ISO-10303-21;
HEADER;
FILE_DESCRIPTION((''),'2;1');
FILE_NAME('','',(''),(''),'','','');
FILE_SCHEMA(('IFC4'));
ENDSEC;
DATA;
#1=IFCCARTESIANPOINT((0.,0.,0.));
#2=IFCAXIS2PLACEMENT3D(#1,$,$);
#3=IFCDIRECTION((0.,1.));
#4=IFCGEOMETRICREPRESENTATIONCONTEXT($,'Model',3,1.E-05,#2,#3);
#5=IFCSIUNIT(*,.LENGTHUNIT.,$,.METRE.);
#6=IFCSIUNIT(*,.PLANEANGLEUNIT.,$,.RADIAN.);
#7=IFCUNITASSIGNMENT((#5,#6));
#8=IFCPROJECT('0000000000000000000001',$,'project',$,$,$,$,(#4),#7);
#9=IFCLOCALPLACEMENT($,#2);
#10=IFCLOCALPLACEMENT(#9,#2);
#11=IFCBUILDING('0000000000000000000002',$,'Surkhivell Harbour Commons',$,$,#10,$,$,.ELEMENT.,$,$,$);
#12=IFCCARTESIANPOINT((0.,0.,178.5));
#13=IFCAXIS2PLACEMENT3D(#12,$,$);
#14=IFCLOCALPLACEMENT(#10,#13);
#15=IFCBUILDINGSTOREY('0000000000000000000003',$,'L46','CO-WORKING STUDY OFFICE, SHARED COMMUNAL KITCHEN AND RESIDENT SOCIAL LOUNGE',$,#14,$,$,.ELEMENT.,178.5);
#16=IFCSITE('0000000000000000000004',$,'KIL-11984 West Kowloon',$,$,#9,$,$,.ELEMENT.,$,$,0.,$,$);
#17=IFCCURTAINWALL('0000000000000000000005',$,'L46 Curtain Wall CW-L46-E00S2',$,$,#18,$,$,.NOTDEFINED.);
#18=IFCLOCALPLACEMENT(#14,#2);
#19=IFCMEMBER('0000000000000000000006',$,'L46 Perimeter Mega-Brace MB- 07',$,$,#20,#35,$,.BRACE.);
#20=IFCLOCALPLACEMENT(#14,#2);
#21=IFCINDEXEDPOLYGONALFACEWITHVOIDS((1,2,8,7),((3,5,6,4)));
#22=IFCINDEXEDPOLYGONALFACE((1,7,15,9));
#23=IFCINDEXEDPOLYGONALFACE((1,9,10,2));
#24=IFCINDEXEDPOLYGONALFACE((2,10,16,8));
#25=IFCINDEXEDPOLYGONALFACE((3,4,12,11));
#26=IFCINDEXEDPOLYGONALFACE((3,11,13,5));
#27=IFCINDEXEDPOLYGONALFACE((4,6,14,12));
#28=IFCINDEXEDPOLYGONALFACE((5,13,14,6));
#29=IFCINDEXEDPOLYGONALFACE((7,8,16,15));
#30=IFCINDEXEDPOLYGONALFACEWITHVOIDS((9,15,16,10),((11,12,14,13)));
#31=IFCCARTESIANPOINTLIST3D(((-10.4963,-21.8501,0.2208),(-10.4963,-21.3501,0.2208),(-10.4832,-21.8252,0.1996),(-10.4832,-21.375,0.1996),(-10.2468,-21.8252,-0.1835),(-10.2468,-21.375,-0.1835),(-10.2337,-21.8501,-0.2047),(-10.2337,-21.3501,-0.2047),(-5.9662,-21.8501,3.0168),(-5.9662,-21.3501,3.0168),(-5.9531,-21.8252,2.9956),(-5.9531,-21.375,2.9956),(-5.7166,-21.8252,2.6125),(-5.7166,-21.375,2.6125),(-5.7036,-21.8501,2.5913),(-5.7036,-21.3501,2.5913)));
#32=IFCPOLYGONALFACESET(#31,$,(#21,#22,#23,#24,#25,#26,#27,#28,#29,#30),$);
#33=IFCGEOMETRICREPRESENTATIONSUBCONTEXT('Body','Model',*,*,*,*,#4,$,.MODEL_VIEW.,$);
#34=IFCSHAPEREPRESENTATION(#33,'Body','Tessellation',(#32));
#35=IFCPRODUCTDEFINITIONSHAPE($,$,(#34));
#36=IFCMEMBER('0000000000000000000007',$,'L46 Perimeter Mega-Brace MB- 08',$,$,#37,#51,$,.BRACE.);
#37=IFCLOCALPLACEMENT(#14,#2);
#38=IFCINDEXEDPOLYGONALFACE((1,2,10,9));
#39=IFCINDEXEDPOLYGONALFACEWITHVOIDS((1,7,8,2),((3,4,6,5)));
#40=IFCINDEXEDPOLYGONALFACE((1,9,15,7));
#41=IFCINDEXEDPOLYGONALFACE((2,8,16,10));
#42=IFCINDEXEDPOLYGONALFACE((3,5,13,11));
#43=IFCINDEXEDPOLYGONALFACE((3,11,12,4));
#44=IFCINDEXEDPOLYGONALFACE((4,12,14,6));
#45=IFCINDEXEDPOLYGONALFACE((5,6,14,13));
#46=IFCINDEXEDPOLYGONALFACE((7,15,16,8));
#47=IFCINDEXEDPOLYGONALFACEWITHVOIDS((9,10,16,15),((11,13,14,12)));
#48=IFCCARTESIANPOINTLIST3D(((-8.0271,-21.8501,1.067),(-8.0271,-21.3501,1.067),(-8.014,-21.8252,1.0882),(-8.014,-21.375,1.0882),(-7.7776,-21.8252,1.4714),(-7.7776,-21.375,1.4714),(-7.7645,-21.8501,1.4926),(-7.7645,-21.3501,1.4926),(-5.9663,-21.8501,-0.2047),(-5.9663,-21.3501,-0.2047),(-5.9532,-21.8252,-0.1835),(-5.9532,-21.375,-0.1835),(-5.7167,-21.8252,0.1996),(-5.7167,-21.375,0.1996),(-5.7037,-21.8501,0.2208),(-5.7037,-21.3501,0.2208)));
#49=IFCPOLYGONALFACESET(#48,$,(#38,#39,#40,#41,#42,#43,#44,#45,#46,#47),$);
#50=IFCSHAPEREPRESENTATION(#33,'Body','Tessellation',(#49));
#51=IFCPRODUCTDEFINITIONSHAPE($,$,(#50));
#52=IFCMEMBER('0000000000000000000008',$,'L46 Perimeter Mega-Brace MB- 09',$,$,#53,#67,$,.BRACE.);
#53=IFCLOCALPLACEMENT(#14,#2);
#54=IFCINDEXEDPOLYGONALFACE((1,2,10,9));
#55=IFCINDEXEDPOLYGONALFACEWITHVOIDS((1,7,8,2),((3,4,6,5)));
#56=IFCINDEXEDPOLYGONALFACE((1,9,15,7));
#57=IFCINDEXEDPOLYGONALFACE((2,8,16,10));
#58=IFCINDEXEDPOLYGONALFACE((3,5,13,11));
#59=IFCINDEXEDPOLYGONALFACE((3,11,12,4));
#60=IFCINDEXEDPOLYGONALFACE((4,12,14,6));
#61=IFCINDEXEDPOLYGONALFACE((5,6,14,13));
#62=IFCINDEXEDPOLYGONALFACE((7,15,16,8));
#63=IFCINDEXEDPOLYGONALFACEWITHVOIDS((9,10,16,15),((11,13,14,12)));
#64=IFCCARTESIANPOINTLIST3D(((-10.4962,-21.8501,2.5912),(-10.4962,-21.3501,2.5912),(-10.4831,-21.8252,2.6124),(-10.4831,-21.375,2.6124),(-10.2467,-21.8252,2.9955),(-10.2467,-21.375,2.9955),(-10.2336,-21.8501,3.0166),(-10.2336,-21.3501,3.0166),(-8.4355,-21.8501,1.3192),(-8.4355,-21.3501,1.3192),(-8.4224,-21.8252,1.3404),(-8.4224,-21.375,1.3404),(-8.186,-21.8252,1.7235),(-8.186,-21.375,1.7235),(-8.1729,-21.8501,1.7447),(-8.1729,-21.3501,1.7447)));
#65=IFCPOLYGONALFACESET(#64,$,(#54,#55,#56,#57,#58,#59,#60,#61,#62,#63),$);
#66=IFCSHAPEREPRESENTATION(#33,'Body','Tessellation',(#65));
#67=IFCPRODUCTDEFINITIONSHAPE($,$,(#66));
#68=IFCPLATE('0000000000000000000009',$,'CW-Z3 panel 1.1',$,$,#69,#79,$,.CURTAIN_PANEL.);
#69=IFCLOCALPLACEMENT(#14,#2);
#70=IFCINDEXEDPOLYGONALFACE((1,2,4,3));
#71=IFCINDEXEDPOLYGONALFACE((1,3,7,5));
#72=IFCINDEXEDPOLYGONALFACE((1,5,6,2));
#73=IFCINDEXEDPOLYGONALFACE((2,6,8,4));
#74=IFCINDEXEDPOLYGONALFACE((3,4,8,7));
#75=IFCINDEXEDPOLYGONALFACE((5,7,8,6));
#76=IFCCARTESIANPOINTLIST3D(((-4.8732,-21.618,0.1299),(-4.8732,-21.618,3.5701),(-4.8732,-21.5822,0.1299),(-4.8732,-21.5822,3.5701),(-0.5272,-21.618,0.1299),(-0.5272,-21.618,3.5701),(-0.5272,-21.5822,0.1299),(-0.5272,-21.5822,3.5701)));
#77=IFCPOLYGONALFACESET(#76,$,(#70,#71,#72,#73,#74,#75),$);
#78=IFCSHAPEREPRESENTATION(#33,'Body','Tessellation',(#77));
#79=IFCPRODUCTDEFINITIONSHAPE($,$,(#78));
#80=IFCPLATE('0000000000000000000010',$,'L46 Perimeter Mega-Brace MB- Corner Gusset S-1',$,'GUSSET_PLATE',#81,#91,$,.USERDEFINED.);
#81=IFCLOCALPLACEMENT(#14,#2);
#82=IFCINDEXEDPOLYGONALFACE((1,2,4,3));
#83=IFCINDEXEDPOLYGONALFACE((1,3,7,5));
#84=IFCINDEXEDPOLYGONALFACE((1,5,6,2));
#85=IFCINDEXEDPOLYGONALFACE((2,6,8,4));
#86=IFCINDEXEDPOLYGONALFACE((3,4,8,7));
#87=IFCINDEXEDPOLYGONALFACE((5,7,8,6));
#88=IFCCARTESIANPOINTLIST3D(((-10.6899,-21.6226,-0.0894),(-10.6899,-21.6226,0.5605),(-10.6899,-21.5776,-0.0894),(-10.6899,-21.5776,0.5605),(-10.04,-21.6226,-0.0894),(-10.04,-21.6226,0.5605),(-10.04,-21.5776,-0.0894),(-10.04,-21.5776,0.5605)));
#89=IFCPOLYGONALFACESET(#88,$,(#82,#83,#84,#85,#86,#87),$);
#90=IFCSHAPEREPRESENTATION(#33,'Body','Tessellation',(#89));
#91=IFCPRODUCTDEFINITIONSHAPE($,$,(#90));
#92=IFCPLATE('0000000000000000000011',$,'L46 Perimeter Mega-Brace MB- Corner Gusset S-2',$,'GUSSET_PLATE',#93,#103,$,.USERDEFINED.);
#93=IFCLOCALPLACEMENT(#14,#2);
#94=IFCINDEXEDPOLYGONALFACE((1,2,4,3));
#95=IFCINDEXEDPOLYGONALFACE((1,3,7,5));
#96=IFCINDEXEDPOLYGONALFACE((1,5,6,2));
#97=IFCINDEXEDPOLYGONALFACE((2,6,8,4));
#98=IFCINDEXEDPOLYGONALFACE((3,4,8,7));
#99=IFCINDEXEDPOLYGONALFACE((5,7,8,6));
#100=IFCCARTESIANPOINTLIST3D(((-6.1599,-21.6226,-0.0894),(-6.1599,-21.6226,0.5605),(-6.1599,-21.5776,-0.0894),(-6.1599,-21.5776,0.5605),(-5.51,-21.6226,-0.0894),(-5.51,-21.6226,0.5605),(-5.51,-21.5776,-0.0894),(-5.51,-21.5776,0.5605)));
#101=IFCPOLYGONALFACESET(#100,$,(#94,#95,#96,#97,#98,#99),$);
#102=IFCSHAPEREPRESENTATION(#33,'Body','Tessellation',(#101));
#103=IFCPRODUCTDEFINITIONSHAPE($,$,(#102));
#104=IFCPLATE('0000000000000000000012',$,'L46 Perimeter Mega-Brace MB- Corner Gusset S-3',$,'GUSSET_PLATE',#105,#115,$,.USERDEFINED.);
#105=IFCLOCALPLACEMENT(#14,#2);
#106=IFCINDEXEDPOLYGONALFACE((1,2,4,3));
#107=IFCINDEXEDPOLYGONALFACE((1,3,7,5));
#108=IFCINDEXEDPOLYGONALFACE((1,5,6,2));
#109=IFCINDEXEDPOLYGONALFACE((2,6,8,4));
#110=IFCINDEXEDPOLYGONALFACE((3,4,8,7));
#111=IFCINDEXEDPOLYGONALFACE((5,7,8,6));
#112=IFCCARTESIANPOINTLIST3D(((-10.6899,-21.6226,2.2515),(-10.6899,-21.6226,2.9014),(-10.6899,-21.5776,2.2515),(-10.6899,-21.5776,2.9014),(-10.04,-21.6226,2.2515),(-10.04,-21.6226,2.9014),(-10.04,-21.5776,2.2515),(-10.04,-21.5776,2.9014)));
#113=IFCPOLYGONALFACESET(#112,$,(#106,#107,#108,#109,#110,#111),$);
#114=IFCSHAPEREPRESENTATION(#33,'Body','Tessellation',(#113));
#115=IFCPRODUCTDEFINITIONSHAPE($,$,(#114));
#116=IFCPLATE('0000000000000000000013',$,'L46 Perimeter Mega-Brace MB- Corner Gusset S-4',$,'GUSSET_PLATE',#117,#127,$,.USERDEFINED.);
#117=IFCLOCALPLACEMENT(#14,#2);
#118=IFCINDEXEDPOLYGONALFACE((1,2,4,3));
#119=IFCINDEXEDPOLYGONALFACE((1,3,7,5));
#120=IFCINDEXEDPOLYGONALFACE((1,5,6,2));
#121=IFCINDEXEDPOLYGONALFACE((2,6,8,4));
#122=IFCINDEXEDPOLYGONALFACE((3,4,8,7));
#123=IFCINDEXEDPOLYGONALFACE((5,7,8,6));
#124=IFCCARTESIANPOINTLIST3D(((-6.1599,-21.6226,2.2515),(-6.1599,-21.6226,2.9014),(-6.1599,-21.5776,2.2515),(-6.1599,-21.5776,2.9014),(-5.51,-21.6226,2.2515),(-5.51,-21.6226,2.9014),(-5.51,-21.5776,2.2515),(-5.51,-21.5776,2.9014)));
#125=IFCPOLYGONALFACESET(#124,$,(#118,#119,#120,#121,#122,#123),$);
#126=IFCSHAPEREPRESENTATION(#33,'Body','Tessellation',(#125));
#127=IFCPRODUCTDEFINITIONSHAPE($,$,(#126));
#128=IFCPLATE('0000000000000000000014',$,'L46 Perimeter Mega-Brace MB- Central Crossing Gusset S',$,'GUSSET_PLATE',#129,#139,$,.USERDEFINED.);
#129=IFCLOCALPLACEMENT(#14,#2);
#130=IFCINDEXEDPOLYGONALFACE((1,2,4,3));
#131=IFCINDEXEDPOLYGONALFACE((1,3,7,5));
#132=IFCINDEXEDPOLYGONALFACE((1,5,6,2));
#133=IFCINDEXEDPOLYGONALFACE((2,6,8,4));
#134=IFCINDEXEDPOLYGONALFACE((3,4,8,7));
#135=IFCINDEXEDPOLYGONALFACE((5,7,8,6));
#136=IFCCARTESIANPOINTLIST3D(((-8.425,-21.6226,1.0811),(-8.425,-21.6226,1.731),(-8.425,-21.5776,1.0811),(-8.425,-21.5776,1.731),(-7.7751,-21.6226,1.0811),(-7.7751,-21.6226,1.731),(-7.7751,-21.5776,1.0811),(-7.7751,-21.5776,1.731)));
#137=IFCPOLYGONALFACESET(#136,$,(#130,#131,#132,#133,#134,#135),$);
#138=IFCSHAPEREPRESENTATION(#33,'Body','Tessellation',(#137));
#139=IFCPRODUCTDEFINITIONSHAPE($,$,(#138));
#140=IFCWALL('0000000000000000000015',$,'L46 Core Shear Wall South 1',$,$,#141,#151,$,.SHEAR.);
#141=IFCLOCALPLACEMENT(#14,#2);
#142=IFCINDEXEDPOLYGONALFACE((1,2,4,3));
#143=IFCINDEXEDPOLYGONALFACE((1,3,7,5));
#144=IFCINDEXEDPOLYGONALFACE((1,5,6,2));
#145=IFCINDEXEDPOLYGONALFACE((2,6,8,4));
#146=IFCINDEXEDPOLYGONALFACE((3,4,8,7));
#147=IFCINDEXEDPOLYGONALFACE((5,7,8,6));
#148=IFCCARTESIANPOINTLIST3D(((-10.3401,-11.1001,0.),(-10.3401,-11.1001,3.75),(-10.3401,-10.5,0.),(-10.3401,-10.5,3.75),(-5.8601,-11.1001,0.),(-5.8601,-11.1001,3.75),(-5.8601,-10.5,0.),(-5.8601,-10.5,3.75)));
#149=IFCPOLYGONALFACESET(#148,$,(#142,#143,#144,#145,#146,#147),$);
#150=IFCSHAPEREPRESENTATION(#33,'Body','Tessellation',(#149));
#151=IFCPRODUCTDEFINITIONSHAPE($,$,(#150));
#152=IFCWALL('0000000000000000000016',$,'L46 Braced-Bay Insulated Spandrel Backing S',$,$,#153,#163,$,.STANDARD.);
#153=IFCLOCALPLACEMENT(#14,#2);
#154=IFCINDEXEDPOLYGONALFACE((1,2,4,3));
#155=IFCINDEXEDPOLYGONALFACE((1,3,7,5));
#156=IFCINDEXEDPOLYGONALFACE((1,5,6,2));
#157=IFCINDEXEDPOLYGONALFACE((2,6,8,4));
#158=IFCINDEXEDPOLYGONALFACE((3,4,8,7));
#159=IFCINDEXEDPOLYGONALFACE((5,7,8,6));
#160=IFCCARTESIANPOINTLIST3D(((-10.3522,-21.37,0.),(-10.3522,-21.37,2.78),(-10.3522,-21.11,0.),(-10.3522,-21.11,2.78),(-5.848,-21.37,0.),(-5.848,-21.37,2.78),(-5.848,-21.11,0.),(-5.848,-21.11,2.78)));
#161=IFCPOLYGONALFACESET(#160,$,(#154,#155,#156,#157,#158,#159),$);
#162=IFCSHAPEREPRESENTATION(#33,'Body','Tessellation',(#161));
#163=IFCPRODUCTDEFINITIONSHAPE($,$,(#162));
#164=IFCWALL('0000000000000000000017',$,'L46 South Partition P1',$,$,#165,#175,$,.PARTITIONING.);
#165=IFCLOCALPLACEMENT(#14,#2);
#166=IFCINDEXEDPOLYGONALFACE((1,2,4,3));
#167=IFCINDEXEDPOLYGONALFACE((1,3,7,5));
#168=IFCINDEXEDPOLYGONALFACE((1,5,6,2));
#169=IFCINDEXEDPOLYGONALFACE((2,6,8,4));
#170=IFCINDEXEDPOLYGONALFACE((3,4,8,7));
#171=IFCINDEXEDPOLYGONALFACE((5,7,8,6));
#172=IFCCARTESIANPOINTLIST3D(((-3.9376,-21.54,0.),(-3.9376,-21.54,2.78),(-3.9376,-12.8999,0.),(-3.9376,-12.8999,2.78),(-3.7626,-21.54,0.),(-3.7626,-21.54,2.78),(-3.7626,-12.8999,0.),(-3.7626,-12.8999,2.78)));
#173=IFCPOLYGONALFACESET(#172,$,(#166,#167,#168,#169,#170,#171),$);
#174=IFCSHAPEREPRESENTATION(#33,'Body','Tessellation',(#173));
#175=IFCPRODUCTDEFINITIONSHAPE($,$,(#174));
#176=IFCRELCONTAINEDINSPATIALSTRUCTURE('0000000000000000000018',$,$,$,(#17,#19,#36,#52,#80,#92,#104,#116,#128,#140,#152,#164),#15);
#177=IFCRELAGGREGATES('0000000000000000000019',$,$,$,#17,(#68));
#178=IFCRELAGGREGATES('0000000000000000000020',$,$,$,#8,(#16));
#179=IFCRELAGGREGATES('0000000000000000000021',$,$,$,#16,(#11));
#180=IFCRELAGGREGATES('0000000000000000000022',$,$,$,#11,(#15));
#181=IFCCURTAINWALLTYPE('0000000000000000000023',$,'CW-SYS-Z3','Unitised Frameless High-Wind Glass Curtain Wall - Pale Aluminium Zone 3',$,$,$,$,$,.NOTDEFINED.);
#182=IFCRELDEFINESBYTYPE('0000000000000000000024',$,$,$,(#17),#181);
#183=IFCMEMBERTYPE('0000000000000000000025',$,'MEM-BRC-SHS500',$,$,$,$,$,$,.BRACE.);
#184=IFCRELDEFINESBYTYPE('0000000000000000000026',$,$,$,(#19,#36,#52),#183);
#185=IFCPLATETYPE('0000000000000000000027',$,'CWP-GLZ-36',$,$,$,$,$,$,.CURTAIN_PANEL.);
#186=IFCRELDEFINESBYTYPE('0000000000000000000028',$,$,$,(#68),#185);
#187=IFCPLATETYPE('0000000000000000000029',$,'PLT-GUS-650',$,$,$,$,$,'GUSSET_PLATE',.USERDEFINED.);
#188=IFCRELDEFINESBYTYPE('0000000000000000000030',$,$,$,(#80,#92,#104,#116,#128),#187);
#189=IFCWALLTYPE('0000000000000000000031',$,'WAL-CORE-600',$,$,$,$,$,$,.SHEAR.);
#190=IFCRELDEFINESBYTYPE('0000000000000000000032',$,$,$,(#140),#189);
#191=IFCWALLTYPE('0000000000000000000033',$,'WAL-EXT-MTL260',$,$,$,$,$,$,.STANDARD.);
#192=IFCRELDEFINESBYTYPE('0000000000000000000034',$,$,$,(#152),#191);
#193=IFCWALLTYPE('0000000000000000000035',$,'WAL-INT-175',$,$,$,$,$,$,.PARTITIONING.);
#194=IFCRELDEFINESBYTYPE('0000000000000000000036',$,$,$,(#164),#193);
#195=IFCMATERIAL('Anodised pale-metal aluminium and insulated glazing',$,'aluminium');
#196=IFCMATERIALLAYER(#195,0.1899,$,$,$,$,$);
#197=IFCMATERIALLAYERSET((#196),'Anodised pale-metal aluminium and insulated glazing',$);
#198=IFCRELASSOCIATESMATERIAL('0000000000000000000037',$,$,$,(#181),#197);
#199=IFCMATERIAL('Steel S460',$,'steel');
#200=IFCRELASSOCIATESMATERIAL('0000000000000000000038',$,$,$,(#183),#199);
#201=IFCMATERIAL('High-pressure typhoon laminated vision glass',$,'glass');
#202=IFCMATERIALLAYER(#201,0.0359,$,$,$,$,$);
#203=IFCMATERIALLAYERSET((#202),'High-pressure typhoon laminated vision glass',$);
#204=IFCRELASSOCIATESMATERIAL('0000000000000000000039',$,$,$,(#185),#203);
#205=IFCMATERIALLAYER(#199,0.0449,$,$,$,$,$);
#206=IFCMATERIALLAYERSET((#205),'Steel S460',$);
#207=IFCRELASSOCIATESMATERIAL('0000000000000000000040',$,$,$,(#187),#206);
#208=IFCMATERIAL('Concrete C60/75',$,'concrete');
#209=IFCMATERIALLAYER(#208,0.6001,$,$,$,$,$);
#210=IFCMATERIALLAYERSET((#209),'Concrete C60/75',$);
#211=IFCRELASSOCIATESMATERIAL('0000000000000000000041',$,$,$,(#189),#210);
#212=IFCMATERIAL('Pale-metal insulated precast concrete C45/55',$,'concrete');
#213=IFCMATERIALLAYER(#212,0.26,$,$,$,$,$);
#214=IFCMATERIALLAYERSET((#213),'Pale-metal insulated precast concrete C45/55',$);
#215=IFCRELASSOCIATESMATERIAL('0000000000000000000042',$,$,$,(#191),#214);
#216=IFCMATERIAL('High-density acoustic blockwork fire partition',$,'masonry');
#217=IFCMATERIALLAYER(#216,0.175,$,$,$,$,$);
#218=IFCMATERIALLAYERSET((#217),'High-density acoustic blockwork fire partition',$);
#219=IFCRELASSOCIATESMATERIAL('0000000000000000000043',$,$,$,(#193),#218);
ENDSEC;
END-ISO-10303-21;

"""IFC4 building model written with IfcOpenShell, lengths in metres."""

from ifc_helpers import new_model, si_unit, direction, frame, frame_2d, origin, origin_2d, place, context, subcontext, project, spatial, rectangle, hollow_rectangle, extrude, material, layer, layer_set, material_profile, profile_set, type_object, element, aggregate, save


model = new_model("IFC4")

# Units and contexts
model_context = context("Model", 3, precision=1e-05, world=origin(), true_north=direction((0.0, 1.0)))
body_context = subcontext(model_context, "Body", "Model", "MODEL_VIEW")
ifc_project = project(units=[si_unit("LENGTHUNIT", "METRE"), si_unit("PLANEANGLEUNIT", "RADIAN")], contexts=[model_context])

# Site, building, storey
site_placement = place(None, origin())
site = spatial("IfcSite", under=ifc_project, at=site_placement, Name="KIL-11984 West Kowloon", CompositionType="ELEMENT", RefElevation=0.0)
building_placement = place(site_placement, origin())
building = spatial("IfcBuilding", under=site, at=building_placement, Name="Surkhivell Harbour Commons", CompositionType="ELEMENT")
storey_placement = place(building_placement, frame((0.0, 0.0, 178.5)))
storey = spatial("IfcBuildingStorey", under=building, at=storey_placement, Name="L46", Description="CO-WORKING STUDY OFFICE, SHARED COMMUNAL KITCHEN AND RESIDENT SOCIAL LOUNGE", CompositionType="ELEMENT", Elevation=178.5)

# Shared definitions
ifc_material_1 = material(Name="Concrete C60/75", Category="concrete")

# Shared definitions
ifc_material_2 = material(Name="Anodised pale-metal aluminium and insulated glazing", Category="aluminium")
ifc_layer_1 = layer(ifc_material_2, 0.1899)
ifc_layer_set_1 = layer_set([ifc_layer_1], Name="Anodised pale-metal aluminium and insulated glazing")
curtain_wall_type = type_object("IfcCurtainWallType", Name="CW-SYS-Z3", Description="Unitised Frameless High-Wind Glass Curtain Wall - Pale Aluminium Zone 3", PredefinedType="NOTDEFINED", material=ifc_layer_set_1)

# Curtain wall
curtain_wall_1_placement = place(storey_placement, origin())
curtain_wall_1 = element("IfcCurtainWall", 1, at=curtain_wall_1_placement, inside=storey, type_object=curtain_wall_type, Name="L46 Curtain Wall CW-L46-E00S2", PredefinedType="NOTDEFINED")

# Members
ifc_material_3 = material(Name="Steel S460", Category="steel")
ifc_material_profile_1 = material_profile(ifc_material_3, hollow_rectangle(XDim=0.5, YDim=0.5, WallThickness=0.0249, at=origin_2d()), Name="SHS500x500x25")
ifc_profile_set_1 = profile_set([ifc_material_profile_1], Name="Steel S460")
member_type_1 = type_object("IfcMemberType", Name="MEM-BRC-SHS500", PredefinedType="BRACE", material=ifc_profile_set_1)
member_1_placement = place(storey_placement, frame((-10.365, -21.6001, 0.0081), z_axis=(0.850971, 0.0, 0.525213), x_axis=(0.0, 1.0, 0.0)))
element("IfcMember", 2, at=member_1_placement, inside=storey, type_object=member_type_1, Name="L46 Perimeter Mega-Brace MB- 07", PredefinedType="BRACE", context=body_context, shape_type="SweptSolid", body=[
    extrude(hollow_rectangle(XDim=0.5, YDim=0.5, WallThickness=0.0249, at=origin_2d()), origin(), (0.0, 0.0, 1.0), 5.3235),
])
for number, where, z_axis, x_axis, name in (
    (3, (-5.835, -21.6001, 0.0081), (-0.851003, 0.0, 0.52516), (0.0, -1.0, 0.0), "L46 Perimeter Mega-Brace MB- 08"),
    (4, (-8.3042, -21.6001, 1.532), (-0.850958, 0.0, 0.525233), (0.0, -1.0, 0.0), "L46 Perimeter Mega-Brace MB- 09"),
):
    element("IfcMember", number, at=place(storey_placement, frame(where, z_axis=z_axis, x_axis=x_axis)), inside=storey, type_object=member_type_1, Name=name, PredefinedType="BRACE", context=body_context, shape_type="SweptSolid", body=[
        extrude(hollow_rectangle(XDim=0.5, YDim=0.5, WallThickness=0.0249, at=origin_2d()), origin(), (0.0, 0.0, 1.0), 2.4216),
    ])

# Plate
ifc_material_4 = material(Name="High-pressure typhoon laminated vision glass", Category="glass")
ifc_layer_2 = layer(ifc_material_4, 0.0359)
ifc_layer_set_2 = layer_set([ifc_layer_2], Name="High-pressure typhoon laminated vision glass")
plate_type_1 = type_object("IfcPlateType", Name="CWP-GLZ-36", PredefinedType="CURTAIN_PANEL", material=ifc_layer_set_2)
plate_placement = place(storey_placement, frame((-4.873, -21.6001, 0.1299), z_axis=(0.0, 0.0, 1.0), x_axis=(1.0, 0.0, 0.0)))
plate = element("IfcPlate", 5, at=plate_placement, type_object=plate_type_1, Name="CW-Z3 panel 1.1", PredefinedType="CURTAIN_PANEL", context=body_context, shape_type="SweptSolid", body=[
    extrude(rectangle(XDim=4.3459, YDim=0.0359, at=frame_2d((2.1729, 0.0))), origin(), (0.0, 0.0, 1.0), 3.4402),
])
aggregate(curtain_wall_1, [plate])

# Plates
ifc_layer_3 = layer(ifc_material_3, 0.0449)
ifc_layer_set_3 = layer_set([ifc_layer_3], Name="Steel S460")
plate_type_2 = type_object("IfcPlateType", Name="PLT-GUS-650", ElementType="GUSSET_PLATE", PredefinedType="USERDEFINED", material=ifc_layer_set_3)
for number, where, z_axis, x_axis, name in (
    (6, (-10.365, -21.6001, -0.0894), (0.0, 0.0, 1.0), (1.0, 0.0, 0.0), "L46 Perimeter Mega-Brace MB- Corner Gusset S-1"),
    (7, (-5.835, -21.6001, -0.0894), (0.0, 0.0, 1.0), (1.0, 0.0, 0.0), "L46 Perimeter Mega-Brace MB- Corner Gusset S-2"),
    (8, (-10.365, -21.6001, 2.2515), (0.0, 0.0, 1.0), (1.0, 0.0, 0.0), "L46 Perimeter Mega-Brace MB- Corner Gusset S-3"),
    (9, (-5.835, -21.6001, 2.2515), (0.0, 0.0, 1.0), (1.0, 0.0, 0.0), "L46 Perimeter Mega-Brace MB- Corner Gusset S-4"),
    (10, (-8.1001, -21.6001, 1.0811), (0.0, 0.0, 1.0), (1.0, 0.0, 0.0), "L46 Perimeter Mega-Brace MB- Central Crossing Gusset S"),
):
    element("IfcPlate", number, at=place(storey_placement, frame(where, z_axis=z_axis, x_axis=x_axis)), inside=storey, type_object=plate_type_2, Name=name, ObjectType="GUSSET_PLATE", PredefinedType="USERDEFINED", context=body_context, shape_type="SweptSolid", body=[
        extrude(rectangle(XDim=0.6499, YDim=0.0449, at=origin_2d()), origin(), (0.0, 0.0, 1.0), 0.6499),
    ])

# Walls
ifc_layer_4 = layer(ifc_material_1, 0.6001)
ifc_layer_set_4 = layer_set([ifc_layer_4], Name="Concrete C60/75")
wall_type_1 = type_object("IfcWallType", Name="WAL-CORE-600", PredefinedType="SHEAR", material=ifc_layer_set_4)
wall_1_placement = place(storey_placement, frame((-10.3401, -10.8, 0.0), z_axis=(0.0, 0.0, 1.0), x_axis=(1.0, 0.0, 0.0)))
element("IfcWall", 11, at=wall_1_placement, inside=storey, type_object=wall_type_1, Name="L46 Core Shear Wall South 1", PredefinedType="SHEAR", context=body_context, shape_type="SweptSolid", body=[
    extrude(rectangle(XDim=4.48, YDim=0.6001, at=frame_2d((2.24, 0.0))), origin(), (0.0, 0.0, 1.0), 3.75),
])
ifc_material_5 = material(Name="Pale-metal insulated precast concrete C45/55", Category="concrete")
ifc_layer_5 = layer(ifc_material_5, 0.26)
ifc_layer_set_5 = layer_set([ifc_layer_5], Name="Pale-metal insulated precast concrete C45/55")
wall_type_2 = type_object("IfcWallType", Name="WAL-EXT-MTL260", PredefinedType="STANDARD", material=ifc_layer_set_5)
wall_2_placement = place(storey_placement, frame((-10.3521, -21.24, 0.0), z_axis=(0.0, 0.0, 1.0), x_axis=(1.0, 0.0, 0.0)))
element("IfcWall", 12, at=wall_2_placement, inside=storey, type_object=wall_type_2, Name="L46 Braced-Bay Insulated Spandrel Backing S", PredefinedType="STANDARD", context=body_context, shape_type="SweptSolid", body=[
    extrude(rectangle(XDim=4.5042, YDim=0.26, at=frame_2d((2.252, 0.0))), origin(), (0.0, 0.0, 1.0), 2.78),
])
ifc_material_6 = material(Name="High-density acoustic blockwork fire partition", Category="masonry")
ifc_layer_6 = layer(ifc_material_6, 0.175)
ifc_layer_set_6 = layer_set([ifc_layer_6], Name="High-density acoustic blockwork fire partition")
wall_type_3 = type_object("IfcWallType", Name="WAL-INT-175", PredefinedType="PARTITIONING", material=ifc_layer_set_6)
wall_3_placement = place(storey_placement, frame((-3.8501, -21.54, 0.0), z_axis=(0.0, 0.0, 1.0), x_axis=(0.0, 1.0, 0.0)))
element("IfcWall", 13, at=wall_3_placement, inside=storey, type_object=wall_type_3, Name="L46 South Partition P1", PredefinedType="PARTITIONING", context=body_context, shape_type="SweptSolid", body=[
    extrude(rectangle(XDim=8.6401, YDim=0.175, at=frame_2d((4.3201, 0.0))), origin(), (0.0, 0.0, 1.0), 2.78),
])

save(model, "model.ifc")
